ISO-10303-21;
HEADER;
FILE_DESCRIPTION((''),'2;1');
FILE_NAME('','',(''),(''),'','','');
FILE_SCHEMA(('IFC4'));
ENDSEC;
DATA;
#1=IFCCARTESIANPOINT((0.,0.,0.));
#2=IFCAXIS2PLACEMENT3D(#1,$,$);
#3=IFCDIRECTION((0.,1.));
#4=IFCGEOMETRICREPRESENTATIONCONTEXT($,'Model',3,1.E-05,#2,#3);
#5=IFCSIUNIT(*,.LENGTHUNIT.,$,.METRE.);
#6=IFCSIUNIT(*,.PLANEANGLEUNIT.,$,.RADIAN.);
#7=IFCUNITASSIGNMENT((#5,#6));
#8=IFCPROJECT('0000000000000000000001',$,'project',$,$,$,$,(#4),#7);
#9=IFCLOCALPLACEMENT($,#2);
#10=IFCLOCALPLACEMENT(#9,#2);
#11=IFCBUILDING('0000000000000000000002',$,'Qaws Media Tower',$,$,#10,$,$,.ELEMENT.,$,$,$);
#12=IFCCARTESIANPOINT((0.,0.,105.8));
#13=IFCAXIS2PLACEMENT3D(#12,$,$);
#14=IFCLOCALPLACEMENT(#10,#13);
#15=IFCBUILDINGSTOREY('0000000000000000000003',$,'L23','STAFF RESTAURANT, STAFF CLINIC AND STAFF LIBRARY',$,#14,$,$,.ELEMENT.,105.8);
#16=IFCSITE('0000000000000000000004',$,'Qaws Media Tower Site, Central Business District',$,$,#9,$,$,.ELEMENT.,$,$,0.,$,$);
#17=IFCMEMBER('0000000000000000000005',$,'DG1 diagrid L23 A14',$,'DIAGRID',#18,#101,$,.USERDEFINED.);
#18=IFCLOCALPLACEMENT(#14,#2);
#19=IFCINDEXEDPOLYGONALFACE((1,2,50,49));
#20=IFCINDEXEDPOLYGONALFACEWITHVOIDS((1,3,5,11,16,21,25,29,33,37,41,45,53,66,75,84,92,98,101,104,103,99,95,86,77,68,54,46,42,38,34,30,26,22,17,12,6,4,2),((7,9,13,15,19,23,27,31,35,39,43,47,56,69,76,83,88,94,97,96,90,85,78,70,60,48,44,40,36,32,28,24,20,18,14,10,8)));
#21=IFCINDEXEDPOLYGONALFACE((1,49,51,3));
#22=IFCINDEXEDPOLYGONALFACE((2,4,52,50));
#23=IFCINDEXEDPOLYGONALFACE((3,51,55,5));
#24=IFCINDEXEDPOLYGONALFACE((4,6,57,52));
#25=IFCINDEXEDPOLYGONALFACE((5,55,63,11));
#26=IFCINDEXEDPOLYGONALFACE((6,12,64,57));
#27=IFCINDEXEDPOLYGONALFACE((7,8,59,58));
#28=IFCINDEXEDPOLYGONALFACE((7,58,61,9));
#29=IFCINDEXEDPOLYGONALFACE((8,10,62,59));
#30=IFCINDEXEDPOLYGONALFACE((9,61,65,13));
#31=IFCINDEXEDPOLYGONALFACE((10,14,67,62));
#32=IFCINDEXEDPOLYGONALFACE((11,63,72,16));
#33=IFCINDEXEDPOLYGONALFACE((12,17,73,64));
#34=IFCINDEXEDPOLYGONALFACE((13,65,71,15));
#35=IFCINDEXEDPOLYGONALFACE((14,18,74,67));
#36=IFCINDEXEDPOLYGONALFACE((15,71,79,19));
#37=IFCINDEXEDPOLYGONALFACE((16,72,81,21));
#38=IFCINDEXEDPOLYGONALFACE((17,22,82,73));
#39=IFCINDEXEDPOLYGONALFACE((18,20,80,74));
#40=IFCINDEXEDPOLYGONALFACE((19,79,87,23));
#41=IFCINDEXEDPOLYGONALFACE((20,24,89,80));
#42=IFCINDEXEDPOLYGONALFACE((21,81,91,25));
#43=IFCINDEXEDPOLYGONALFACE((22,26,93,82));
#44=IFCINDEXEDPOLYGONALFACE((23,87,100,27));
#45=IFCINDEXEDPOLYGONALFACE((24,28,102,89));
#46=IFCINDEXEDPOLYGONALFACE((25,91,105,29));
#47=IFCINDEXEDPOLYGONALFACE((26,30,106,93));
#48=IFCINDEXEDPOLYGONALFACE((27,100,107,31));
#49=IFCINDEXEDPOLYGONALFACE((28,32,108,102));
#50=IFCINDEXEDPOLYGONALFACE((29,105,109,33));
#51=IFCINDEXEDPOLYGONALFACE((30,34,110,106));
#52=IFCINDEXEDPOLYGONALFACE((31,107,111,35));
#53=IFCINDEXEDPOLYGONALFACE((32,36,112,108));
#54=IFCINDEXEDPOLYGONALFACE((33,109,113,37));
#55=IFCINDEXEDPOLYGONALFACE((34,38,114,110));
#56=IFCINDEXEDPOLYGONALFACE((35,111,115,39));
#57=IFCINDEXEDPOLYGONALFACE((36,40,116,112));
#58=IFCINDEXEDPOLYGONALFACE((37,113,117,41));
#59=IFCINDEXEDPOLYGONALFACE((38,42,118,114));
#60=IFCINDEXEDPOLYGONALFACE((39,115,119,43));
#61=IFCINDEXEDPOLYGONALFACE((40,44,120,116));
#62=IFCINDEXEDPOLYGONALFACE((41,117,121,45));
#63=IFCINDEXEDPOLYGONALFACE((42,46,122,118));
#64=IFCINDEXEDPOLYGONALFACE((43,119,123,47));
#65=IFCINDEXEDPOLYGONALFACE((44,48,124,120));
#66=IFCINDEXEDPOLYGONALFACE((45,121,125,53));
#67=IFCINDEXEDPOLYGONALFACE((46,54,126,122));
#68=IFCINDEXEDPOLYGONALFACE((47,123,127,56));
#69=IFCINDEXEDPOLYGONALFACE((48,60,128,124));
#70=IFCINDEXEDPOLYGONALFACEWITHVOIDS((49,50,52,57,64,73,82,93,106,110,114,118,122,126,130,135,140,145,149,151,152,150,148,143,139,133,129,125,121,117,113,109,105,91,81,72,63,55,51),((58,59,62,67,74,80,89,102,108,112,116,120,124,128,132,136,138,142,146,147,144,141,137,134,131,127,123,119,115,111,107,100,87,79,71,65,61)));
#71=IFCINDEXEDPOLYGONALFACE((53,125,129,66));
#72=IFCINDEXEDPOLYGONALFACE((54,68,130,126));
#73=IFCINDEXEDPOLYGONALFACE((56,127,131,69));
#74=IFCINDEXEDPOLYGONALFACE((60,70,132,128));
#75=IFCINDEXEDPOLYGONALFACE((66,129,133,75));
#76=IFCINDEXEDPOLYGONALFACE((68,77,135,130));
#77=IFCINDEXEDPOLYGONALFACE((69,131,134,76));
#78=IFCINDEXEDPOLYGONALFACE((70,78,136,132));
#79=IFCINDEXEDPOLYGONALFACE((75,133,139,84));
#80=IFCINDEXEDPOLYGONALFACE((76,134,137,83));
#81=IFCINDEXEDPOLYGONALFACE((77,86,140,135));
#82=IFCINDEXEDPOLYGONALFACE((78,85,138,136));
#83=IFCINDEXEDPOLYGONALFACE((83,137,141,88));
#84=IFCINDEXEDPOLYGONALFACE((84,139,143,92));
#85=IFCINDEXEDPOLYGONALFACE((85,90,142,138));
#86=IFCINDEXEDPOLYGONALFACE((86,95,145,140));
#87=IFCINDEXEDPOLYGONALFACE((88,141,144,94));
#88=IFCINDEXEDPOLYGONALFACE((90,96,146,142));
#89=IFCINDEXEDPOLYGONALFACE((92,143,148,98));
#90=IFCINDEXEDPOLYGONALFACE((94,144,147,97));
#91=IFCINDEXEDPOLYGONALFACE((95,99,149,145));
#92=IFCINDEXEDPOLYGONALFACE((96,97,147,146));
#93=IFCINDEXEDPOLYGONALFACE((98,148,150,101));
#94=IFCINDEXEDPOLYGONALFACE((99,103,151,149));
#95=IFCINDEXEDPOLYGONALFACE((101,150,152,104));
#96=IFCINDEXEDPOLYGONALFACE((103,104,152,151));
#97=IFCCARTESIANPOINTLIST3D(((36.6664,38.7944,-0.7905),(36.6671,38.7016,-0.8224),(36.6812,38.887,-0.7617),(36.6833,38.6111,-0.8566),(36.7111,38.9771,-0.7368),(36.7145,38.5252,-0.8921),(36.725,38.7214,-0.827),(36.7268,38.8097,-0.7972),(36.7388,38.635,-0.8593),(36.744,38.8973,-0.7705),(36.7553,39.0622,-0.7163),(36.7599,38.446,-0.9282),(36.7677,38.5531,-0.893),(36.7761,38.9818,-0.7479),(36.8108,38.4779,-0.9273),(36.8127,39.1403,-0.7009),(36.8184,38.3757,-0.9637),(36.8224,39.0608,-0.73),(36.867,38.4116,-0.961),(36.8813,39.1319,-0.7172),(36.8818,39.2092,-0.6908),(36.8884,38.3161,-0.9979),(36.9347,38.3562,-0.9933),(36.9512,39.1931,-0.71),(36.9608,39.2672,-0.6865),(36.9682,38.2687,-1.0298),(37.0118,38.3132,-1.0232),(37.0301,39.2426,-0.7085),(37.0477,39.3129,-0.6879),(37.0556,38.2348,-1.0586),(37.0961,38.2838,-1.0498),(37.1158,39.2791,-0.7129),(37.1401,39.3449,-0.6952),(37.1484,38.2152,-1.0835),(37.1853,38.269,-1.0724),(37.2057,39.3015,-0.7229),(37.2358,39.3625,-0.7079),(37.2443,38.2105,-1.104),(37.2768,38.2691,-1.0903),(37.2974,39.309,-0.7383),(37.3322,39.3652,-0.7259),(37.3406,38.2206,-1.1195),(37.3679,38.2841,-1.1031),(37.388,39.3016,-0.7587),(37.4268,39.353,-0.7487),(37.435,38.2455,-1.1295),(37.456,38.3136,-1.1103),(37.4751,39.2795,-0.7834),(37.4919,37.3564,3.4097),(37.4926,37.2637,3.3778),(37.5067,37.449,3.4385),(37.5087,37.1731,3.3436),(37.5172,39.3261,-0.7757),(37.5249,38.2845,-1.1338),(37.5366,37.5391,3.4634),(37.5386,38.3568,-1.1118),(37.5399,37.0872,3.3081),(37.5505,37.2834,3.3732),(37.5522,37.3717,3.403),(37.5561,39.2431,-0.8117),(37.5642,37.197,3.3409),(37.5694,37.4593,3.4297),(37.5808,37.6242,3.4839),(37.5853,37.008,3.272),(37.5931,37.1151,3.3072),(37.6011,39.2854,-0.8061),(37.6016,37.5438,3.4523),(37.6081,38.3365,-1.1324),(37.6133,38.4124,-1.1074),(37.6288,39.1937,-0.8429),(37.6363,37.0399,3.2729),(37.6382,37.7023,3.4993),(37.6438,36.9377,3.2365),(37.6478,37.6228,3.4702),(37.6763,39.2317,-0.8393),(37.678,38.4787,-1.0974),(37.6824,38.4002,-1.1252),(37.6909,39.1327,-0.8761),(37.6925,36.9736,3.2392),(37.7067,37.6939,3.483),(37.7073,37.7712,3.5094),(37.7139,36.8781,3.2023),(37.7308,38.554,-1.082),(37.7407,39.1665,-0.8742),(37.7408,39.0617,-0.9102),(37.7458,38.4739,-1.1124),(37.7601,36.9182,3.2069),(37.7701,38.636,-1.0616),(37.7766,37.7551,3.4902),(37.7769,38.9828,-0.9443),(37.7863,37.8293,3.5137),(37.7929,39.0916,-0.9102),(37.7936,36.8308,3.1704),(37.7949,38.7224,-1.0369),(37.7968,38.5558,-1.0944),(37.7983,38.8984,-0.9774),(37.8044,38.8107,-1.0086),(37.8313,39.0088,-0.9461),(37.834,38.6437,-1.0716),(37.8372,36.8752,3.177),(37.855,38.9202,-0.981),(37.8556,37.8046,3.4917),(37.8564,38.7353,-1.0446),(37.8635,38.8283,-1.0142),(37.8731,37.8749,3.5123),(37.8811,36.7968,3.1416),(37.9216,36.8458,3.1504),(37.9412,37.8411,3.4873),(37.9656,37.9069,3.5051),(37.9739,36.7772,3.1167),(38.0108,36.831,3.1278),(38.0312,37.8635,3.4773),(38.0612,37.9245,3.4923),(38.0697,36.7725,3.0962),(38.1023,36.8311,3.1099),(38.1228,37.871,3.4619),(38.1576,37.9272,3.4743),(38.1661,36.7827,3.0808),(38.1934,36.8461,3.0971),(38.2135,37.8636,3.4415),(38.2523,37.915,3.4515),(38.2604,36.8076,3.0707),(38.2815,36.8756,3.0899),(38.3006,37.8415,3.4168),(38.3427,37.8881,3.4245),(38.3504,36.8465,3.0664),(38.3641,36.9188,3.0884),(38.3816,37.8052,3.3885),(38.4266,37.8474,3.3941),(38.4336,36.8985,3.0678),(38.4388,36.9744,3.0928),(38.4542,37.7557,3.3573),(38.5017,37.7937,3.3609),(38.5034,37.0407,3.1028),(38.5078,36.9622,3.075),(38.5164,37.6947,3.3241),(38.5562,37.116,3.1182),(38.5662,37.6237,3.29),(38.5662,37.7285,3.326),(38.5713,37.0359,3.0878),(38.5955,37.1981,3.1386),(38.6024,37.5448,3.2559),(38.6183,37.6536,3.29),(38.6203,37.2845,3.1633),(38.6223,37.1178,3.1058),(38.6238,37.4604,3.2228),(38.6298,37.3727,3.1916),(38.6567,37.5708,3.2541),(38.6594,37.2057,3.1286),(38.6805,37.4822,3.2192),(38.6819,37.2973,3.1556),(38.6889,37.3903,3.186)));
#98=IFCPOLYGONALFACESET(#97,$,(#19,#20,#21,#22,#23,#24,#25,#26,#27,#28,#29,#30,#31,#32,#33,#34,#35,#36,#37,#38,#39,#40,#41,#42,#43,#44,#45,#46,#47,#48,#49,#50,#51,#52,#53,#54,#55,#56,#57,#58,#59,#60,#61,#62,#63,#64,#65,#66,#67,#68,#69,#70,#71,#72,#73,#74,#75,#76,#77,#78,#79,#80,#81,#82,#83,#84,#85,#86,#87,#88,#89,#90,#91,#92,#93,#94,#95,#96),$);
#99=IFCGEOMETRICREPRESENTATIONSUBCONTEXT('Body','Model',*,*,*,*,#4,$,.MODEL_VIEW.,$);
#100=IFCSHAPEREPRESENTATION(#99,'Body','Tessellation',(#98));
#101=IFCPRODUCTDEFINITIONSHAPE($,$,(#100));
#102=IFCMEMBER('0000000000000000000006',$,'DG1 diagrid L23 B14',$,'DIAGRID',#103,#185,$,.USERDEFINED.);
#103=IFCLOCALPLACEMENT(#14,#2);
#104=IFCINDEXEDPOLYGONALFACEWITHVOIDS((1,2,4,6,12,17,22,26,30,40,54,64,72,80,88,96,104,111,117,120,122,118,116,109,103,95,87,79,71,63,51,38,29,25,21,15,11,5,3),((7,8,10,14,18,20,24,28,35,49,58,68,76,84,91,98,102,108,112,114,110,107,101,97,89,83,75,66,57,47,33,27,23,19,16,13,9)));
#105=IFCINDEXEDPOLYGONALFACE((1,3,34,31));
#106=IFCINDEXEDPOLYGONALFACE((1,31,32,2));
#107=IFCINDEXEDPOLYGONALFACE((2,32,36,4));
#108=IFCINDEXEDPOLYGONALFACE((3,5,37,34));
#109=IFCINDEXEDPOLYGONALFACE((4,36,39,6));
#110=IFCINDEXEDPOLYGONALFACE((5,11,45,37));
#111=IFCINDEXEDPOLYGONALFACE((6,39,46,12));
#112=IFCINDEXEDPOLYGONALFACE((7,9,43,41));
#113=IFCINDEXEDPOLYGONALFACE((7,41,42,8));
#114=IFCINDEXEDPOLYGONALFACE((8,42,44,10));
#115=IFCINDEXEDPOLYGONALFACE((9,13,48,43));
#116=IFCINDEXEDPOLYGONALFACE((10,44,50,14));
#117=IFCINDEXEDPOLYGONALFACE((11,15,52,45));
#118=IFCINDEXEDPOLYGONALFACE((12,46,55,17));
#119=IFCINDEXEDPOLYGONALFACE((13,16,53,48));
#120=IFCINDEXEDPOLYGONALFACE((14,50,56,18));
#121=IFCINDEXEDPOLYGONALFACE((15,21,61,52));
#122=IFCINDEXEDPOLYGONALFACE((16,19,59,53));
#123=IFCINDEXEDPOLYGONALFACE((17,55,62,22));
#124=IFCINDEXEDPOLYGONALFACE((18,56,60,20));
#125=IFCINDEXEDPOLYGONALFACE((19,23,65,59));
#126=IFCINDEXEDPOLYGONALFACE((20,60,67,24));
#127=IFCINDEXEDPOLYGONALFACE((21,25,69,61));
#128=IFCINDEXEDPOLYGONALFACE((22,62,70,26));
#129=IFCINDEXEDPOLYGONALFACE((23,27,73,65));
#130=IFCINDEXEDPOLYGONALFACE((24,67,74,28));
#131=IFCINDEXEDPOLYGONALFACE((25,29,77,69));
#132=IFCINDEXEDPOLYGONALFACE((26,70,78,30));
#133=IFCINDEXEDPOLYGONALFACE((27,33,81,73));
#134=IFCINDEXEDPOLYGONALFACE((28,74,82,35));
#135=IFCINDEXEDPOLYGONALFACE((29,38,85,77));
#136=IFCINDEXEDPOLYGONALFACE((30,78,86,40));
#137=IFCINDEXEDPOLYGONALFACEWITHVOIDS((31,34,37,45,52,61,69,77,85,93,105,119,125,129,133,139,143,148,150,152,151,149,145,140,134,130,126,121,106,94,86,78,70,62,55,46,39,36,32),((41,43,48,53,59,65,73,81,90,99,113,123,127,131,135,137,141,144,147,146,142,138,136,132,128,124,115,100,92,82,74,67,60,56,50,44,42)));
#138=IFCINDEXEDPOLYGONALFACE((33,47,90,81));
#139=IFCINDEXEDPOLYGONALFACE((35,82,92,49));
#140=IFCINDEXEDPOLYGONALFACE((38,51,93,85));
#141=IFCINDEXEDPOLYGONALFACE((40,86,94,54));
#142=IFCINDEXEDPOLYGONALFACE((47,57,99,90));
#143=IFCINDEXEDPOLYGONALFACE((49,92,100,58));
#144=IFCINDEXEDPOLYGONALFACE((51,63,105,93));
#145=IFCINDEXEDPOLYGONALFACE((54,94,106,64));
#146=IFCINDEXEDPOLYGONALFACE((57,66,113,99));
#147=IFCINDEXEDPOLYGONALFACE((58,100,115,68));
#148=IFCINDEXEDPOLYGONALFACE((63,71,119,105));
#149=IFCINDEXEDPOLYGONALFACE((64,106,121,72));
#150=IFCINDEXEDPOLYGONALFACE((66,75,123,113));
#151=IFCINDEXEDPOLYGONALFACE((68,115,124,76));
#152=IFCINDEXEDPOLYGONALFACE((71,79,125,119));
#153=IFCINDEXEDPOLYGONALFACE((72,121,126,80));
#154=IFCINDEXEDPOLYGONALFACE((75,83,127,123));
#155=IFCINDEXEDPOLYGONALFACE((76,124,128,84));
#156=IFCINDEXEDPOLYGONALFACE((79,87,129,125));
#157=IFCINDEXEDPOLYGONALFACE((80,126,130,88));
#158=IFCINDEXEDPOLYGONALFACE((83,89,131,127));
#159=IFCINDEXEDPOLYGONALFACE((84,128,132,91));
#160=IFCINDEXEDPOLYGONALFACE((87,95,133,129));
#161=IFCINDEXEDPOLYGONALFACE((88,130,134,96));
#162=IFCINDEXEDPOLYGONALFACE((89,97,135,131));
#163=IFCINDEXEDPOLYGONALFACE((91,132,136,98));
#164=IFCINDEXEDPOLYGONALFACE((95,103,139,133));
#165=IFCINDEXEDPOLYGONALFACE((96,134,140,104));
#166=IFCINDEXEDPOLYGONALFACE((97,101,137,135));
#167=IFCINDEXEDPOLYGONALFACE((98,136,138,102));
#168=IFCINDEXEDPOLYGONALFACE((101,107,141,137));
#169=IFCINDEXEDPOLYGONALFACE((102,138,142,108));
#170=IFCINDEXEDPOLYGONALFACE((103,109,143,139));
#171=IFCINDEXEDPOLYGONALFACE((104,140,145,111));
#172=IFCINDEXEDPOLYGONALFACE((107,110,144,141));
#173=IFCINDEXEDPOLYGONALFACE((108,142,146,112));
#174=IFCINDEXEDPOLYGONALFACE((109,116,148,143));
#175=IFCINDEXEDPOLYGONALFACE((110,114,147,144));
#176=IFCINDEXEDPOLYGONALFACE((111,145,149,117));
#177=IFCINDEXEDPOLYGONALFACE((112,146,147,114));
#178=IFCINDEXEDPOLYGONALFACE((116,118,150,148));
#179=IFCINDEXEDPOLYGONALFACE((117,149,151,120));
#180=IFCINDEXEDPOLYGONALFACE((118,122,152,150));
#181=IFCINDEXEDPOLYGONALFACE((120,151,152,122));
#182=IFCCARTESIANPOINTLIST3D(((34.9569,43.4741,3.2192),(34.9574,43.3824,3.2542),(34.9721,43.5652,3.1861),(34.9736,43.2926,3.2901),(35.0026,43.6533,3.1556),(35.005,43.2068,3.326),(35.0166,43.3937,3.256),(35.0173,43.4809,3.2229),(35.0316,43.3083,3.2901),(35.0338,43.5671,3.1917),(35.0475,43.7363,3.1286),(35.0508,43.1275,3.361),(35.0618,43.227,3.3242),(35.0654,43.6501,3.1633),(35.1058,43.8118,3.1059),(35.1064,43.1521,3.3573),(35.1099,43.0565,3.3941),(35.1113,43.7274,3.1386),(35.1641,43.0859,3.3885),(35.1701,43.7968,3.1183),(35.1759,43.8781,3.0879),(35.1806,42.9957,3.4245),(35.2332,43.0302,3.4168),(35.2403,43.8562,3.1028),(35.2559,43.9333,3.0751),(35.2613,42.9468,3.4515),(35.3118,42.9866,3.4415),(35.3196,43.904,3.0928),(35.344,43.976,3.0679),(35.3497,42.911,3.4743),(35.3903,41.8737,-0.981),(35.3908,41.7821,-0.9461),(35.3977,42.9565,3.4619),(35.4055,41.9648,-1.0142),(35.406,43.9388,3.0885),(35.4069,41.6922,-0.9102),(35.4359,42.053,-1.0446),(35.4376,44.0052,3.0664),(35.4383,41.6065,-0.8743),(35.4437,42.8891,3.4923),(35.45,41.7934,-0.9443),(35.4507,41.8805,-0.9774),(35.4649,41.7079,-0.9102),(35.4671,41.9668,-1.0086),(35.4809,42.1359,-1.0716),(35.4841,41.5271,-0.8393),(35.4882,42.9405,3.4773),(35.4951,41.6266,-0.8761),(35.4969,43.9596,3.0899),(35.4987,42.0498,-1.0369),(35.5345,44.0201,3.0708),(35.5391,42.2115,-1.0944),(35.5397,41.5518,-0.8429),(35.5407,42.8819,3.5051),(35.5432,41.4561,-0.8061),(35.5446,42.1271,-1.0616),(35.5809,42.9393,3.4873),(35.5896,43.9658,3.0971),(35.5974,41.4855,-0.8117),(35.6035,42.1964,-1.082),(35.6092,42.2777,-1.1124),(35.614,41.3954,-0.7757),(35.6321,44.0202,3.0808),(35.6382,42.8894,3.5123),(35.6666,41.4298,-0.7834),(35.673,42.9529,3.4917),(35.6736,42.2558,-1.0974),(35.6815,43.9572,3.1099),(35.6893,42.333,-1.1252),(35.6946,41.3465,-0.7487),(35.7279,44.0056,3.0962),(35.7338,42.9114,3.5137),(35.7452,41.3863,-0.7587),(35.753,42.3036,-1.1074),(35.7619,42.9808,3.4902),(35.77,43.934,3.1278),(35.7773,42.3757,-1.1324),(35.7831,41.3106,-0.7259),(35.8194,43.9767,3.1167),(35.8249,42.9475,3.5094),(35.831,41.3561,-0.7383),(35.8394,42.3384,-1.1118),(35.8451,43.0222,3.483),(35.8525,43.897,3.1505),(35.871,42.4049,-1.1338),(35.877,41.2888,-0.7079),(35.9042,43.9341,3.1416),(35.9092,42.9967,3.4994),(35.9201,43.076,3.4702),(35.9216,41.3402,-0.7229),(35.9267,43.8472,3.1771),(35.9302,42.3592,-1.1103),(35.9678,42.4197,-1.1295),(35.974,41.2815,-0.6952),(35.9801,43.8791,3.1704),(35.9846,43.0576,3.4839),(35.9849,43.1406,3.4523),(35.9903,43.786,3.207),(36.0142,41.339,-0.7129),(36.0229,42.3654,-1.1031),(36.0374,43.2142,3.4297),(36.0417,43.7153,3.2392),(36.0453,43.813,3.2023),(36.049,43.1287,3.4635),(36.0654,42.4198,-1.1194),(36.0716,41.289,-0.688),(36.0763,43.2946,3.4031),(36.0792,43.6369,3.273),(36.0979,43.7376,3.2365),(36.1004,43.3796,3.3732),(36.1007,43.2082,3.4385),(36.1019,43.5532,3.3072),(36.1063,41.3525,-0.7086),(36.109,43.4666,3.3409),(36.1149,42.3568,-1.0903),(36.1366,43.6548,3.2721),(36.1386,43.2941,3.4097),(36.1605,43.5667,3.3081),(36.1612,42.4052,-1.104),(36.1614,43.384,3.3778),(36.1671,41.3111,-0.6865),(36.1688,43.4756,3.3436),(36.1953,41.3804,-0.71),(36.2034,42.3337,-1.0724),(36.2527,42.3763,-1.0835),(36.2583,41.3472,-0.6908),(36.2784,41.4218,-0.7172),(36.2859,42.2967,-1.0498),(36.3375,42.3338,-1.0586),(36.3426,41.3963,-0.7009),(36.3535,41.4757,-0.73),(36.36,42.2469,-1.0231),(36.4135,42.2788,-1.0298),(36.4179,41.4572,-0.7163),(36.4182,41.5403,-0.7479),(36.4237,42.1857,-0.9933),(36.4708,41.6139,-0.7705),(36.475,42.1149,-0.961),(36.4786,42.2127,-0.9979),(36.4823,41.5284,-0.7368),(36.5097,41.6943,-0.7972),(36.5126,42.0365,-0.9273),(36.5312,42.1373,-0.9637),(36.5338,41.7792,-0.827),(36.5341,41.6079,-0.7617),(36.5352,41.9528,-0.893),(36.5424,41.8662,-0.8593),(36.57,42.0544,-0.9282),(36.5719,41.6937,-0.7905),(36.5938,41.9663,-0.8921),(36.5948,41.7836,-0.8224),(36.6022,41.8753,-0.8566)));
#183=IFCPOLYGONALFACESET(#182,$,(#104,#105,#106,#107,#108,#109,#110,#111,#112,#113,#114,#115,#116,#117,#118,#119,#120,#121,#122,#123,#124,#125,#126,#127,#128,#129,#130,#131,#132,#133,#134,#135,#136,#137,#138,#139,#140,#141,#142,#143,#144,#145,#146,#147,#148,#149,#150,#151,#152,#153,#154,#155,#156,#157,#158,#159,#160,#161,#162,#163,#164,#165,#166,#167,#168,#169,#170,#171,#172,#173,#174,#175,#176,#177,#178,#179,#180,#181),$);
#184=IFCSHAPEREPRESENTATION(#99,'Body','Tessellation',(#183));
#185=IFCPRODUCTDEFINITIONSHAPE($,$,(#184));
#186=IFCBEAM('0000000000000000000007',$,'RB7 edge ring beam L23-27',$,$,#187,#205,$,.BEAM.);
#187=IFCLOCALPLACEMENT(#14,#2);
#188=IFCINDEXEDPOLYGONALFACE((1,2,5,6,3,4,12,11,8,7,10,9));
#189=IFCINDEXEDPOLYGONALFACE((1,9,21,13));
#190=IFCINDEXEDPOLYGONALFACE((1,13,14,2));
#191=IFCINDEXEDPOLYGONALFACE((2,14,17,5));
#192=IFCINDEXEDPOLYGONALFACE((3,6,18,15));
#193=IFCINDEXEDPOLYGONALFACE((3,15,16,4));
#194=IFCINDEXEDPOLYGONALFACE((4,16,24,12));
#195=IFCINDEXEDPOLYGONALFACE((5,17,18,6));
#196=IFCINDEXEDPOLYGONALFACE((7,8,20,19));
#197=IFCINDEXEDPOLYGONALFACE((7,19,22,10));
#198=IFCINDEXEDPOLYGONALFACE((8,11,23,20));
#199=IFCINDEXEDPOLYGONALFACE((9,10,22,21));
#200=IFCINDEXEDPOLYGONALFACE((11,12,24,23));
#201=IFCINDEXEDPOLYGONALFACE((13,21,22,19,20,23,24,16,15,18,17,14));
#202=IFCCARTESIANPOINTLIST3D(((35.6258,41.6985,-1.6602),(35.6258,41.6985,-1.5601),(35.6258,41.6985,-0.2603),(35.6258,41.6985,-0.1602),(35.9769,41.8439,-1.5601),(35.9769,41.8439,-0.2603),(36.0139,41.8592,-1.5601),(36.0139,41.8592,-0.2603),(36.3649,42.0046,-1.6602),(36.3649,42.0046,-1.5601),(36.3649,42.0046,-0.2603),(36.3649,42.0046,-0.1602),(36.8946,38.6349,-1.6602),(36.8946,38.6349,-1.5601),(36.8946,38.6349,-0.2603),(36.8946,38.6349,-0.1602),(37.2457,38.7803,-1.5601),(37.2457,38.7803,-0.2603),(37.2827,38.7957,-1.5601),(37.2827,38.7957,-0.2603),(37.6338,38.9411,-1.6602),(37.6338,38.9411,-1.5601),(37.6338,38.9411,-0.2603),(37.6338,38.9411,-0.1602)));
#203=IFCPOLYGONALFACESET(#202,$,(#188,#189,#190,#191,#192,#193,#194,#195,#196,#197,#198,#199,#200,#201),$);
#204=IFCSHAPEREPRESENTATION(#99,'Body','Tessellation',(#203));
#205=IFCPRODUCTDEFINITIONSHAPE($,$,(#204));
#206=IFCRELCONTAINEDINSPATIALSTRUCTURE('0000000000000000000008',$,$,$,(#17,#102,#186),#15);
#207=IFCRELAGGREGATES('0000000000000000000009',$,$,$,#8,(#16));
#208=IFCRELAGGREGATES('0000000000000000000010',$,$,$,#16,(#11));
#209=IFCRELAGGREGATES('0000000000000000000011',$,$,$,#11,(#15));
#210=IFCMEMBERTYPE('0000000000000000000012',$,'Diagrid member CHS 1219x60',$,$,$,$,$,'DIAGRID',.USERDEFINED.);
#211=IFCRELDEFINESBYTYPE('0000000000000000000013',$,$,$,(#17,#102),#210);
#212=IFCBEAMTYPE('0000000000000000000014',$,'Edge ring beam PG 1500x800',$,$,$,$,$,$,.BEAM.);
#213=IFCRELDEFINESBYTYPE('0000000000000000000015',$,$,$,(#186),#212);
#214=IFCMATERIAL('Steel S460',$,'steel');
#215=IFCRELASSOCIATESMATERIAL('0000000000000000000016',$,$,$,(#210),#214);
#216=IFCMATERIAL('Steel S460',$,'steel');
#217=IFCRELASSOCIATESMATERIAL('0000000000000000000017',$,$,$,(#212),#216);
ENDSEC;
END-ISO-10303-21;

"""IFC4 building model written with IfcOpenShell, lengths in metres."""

from ifc_helpers import new_model, si_unit, direction, frame, origin, origin_2d, place, context, subcontext, project, spatial, hollow_circle, i_section, extrude, material, material_profile, profile_set, type_object, element, save


model = new_model("IFC4")

# Units and contexts
model_context = context("Model", 3, precision=1e-05, world=origin(), true_north=direction((0.0, 1.0)))
body_context = subcontext(model_context, "Body", "Model", "MODEL_VIEW")
ifc_project = project(units=[si_unit("LENGTHUNIT", "METRE"), si_unit("PLANEANGLEUNIT", "RADIAN")], contexts=[model_context])

# Site, building, storey
site_placement = place(None, origin())
site = spatial("IfcSite", under=ifc_project, at=site_placement, Name="Qaws Media Tower Site, Central Business District", CompositionType="ELEMENT", RefElevation=0.0)
building_placement = place(site_placement, origin())
building = spatial("IfcBuilding", under=site, at=building_placement, Name="Qaws Media Tower", CompositionType="ELEMENT")
storey_placement = place(building_placement, frame((0.0, 0.0, 105.8)))
storey = spatial("IfcBuildingStorey", under=building, at=storey_placement, Name="L23", Description="STAFF RESTAURANT, STAFF CLINIC AND STAFF LIBRARY", CompositionType="ELEMENT", Elevation=105.8)

# Members
ifc_material_1 = material(Name="Steel S460", Category="steel")
ifc_material_profile_1 = material_profile(ifc_material_1, hollow_circle(Radius=0.6096, WallThickness=0.0601, at=origin_2d()), Name="CHS 1219x60")
ifc_profile_set_1 = profile_set([ifc_material_profile_1], Name="Steel S460")
member_type = type_object("IfcMemberType", Name="Diagrid member CHS 1219x60", ElementType="DIAGRID", PredefinedType="USERDEFINED", material=ifc_profile_set_1)
for number, where, z_axis, x_axis, name in (
    (1, (37.2642, 38.7881, -0.9102), (0.182797, -0.318448, 0.930149), (0.867272, 0.497835, 0.0), "DG1 diagrid L23 A14"),
    (2, (35.9954, 41.8516, -0.9102), (-0.095968, 0.354404, 0.930155), (-0.965238, -0.261373, 0.0), "DG1 diagrid L23 B14"),
):
    element("IfcMember", number, at=place(storey_placement, frame(where, z_axis=z_axis, x_axis=x_axis)), inside=storey, type_object=member_type, Name=name, ObjectType="DIAGRID", PredefinedType="USERDEFINED", context=body_context, shape_type="SweptSolid", body=[
        extrude(hollow_circle(Radius=0.6096, WallThickness=0.0601, at=origin_2d()), origin(), (0.0, 0.0, 1.0), 4.5156),
    ])

# Beam
ifc_material_2 = material(Name="Steel S460", Category="steel")
ifc_material_profile_2 = material_profile(ifc_material_2, i_section(OverallWidth=0.8, OverallDepth=1.5, WebThickness=0.04, FlangeThickness=0.1001, at=origin_2d()), Name="PG 1500x800")
ifc_profile_set_2 = profile_set([ifc_material_profile_2], Name="Steel S460")
beam_type = type_object("IfcBeamType", Name="Edge ring beam PG 1500x800", PredefinedType="BEAM", material=ifc_profile_set_2)
beam_1_placement = place(storey_placement, frame((35.9954, 41.8516, -0.9102), z_axis=(0.382649, -0.923894, 0.0), x_axis=(0.923894, 0.382649, 0.0)))
element("IfcBeam", 3, at=beam_1_placement, inside=storey, type_object=beam_type, Name="RB7 edge ring beam L23-27", PredefinedType="BEAM", context=body_context, shape_type="SweptSolid", body=[
    extrude(i_section(OverallWidth=0.8, OverallDepth=1.5, WebThickness=0.04, FlangeThickness=0.1001, at=origin_2d()), origin(), (0.0, 0.0, 1.0), 3.3159),
])

save(model, "model.ifc")
